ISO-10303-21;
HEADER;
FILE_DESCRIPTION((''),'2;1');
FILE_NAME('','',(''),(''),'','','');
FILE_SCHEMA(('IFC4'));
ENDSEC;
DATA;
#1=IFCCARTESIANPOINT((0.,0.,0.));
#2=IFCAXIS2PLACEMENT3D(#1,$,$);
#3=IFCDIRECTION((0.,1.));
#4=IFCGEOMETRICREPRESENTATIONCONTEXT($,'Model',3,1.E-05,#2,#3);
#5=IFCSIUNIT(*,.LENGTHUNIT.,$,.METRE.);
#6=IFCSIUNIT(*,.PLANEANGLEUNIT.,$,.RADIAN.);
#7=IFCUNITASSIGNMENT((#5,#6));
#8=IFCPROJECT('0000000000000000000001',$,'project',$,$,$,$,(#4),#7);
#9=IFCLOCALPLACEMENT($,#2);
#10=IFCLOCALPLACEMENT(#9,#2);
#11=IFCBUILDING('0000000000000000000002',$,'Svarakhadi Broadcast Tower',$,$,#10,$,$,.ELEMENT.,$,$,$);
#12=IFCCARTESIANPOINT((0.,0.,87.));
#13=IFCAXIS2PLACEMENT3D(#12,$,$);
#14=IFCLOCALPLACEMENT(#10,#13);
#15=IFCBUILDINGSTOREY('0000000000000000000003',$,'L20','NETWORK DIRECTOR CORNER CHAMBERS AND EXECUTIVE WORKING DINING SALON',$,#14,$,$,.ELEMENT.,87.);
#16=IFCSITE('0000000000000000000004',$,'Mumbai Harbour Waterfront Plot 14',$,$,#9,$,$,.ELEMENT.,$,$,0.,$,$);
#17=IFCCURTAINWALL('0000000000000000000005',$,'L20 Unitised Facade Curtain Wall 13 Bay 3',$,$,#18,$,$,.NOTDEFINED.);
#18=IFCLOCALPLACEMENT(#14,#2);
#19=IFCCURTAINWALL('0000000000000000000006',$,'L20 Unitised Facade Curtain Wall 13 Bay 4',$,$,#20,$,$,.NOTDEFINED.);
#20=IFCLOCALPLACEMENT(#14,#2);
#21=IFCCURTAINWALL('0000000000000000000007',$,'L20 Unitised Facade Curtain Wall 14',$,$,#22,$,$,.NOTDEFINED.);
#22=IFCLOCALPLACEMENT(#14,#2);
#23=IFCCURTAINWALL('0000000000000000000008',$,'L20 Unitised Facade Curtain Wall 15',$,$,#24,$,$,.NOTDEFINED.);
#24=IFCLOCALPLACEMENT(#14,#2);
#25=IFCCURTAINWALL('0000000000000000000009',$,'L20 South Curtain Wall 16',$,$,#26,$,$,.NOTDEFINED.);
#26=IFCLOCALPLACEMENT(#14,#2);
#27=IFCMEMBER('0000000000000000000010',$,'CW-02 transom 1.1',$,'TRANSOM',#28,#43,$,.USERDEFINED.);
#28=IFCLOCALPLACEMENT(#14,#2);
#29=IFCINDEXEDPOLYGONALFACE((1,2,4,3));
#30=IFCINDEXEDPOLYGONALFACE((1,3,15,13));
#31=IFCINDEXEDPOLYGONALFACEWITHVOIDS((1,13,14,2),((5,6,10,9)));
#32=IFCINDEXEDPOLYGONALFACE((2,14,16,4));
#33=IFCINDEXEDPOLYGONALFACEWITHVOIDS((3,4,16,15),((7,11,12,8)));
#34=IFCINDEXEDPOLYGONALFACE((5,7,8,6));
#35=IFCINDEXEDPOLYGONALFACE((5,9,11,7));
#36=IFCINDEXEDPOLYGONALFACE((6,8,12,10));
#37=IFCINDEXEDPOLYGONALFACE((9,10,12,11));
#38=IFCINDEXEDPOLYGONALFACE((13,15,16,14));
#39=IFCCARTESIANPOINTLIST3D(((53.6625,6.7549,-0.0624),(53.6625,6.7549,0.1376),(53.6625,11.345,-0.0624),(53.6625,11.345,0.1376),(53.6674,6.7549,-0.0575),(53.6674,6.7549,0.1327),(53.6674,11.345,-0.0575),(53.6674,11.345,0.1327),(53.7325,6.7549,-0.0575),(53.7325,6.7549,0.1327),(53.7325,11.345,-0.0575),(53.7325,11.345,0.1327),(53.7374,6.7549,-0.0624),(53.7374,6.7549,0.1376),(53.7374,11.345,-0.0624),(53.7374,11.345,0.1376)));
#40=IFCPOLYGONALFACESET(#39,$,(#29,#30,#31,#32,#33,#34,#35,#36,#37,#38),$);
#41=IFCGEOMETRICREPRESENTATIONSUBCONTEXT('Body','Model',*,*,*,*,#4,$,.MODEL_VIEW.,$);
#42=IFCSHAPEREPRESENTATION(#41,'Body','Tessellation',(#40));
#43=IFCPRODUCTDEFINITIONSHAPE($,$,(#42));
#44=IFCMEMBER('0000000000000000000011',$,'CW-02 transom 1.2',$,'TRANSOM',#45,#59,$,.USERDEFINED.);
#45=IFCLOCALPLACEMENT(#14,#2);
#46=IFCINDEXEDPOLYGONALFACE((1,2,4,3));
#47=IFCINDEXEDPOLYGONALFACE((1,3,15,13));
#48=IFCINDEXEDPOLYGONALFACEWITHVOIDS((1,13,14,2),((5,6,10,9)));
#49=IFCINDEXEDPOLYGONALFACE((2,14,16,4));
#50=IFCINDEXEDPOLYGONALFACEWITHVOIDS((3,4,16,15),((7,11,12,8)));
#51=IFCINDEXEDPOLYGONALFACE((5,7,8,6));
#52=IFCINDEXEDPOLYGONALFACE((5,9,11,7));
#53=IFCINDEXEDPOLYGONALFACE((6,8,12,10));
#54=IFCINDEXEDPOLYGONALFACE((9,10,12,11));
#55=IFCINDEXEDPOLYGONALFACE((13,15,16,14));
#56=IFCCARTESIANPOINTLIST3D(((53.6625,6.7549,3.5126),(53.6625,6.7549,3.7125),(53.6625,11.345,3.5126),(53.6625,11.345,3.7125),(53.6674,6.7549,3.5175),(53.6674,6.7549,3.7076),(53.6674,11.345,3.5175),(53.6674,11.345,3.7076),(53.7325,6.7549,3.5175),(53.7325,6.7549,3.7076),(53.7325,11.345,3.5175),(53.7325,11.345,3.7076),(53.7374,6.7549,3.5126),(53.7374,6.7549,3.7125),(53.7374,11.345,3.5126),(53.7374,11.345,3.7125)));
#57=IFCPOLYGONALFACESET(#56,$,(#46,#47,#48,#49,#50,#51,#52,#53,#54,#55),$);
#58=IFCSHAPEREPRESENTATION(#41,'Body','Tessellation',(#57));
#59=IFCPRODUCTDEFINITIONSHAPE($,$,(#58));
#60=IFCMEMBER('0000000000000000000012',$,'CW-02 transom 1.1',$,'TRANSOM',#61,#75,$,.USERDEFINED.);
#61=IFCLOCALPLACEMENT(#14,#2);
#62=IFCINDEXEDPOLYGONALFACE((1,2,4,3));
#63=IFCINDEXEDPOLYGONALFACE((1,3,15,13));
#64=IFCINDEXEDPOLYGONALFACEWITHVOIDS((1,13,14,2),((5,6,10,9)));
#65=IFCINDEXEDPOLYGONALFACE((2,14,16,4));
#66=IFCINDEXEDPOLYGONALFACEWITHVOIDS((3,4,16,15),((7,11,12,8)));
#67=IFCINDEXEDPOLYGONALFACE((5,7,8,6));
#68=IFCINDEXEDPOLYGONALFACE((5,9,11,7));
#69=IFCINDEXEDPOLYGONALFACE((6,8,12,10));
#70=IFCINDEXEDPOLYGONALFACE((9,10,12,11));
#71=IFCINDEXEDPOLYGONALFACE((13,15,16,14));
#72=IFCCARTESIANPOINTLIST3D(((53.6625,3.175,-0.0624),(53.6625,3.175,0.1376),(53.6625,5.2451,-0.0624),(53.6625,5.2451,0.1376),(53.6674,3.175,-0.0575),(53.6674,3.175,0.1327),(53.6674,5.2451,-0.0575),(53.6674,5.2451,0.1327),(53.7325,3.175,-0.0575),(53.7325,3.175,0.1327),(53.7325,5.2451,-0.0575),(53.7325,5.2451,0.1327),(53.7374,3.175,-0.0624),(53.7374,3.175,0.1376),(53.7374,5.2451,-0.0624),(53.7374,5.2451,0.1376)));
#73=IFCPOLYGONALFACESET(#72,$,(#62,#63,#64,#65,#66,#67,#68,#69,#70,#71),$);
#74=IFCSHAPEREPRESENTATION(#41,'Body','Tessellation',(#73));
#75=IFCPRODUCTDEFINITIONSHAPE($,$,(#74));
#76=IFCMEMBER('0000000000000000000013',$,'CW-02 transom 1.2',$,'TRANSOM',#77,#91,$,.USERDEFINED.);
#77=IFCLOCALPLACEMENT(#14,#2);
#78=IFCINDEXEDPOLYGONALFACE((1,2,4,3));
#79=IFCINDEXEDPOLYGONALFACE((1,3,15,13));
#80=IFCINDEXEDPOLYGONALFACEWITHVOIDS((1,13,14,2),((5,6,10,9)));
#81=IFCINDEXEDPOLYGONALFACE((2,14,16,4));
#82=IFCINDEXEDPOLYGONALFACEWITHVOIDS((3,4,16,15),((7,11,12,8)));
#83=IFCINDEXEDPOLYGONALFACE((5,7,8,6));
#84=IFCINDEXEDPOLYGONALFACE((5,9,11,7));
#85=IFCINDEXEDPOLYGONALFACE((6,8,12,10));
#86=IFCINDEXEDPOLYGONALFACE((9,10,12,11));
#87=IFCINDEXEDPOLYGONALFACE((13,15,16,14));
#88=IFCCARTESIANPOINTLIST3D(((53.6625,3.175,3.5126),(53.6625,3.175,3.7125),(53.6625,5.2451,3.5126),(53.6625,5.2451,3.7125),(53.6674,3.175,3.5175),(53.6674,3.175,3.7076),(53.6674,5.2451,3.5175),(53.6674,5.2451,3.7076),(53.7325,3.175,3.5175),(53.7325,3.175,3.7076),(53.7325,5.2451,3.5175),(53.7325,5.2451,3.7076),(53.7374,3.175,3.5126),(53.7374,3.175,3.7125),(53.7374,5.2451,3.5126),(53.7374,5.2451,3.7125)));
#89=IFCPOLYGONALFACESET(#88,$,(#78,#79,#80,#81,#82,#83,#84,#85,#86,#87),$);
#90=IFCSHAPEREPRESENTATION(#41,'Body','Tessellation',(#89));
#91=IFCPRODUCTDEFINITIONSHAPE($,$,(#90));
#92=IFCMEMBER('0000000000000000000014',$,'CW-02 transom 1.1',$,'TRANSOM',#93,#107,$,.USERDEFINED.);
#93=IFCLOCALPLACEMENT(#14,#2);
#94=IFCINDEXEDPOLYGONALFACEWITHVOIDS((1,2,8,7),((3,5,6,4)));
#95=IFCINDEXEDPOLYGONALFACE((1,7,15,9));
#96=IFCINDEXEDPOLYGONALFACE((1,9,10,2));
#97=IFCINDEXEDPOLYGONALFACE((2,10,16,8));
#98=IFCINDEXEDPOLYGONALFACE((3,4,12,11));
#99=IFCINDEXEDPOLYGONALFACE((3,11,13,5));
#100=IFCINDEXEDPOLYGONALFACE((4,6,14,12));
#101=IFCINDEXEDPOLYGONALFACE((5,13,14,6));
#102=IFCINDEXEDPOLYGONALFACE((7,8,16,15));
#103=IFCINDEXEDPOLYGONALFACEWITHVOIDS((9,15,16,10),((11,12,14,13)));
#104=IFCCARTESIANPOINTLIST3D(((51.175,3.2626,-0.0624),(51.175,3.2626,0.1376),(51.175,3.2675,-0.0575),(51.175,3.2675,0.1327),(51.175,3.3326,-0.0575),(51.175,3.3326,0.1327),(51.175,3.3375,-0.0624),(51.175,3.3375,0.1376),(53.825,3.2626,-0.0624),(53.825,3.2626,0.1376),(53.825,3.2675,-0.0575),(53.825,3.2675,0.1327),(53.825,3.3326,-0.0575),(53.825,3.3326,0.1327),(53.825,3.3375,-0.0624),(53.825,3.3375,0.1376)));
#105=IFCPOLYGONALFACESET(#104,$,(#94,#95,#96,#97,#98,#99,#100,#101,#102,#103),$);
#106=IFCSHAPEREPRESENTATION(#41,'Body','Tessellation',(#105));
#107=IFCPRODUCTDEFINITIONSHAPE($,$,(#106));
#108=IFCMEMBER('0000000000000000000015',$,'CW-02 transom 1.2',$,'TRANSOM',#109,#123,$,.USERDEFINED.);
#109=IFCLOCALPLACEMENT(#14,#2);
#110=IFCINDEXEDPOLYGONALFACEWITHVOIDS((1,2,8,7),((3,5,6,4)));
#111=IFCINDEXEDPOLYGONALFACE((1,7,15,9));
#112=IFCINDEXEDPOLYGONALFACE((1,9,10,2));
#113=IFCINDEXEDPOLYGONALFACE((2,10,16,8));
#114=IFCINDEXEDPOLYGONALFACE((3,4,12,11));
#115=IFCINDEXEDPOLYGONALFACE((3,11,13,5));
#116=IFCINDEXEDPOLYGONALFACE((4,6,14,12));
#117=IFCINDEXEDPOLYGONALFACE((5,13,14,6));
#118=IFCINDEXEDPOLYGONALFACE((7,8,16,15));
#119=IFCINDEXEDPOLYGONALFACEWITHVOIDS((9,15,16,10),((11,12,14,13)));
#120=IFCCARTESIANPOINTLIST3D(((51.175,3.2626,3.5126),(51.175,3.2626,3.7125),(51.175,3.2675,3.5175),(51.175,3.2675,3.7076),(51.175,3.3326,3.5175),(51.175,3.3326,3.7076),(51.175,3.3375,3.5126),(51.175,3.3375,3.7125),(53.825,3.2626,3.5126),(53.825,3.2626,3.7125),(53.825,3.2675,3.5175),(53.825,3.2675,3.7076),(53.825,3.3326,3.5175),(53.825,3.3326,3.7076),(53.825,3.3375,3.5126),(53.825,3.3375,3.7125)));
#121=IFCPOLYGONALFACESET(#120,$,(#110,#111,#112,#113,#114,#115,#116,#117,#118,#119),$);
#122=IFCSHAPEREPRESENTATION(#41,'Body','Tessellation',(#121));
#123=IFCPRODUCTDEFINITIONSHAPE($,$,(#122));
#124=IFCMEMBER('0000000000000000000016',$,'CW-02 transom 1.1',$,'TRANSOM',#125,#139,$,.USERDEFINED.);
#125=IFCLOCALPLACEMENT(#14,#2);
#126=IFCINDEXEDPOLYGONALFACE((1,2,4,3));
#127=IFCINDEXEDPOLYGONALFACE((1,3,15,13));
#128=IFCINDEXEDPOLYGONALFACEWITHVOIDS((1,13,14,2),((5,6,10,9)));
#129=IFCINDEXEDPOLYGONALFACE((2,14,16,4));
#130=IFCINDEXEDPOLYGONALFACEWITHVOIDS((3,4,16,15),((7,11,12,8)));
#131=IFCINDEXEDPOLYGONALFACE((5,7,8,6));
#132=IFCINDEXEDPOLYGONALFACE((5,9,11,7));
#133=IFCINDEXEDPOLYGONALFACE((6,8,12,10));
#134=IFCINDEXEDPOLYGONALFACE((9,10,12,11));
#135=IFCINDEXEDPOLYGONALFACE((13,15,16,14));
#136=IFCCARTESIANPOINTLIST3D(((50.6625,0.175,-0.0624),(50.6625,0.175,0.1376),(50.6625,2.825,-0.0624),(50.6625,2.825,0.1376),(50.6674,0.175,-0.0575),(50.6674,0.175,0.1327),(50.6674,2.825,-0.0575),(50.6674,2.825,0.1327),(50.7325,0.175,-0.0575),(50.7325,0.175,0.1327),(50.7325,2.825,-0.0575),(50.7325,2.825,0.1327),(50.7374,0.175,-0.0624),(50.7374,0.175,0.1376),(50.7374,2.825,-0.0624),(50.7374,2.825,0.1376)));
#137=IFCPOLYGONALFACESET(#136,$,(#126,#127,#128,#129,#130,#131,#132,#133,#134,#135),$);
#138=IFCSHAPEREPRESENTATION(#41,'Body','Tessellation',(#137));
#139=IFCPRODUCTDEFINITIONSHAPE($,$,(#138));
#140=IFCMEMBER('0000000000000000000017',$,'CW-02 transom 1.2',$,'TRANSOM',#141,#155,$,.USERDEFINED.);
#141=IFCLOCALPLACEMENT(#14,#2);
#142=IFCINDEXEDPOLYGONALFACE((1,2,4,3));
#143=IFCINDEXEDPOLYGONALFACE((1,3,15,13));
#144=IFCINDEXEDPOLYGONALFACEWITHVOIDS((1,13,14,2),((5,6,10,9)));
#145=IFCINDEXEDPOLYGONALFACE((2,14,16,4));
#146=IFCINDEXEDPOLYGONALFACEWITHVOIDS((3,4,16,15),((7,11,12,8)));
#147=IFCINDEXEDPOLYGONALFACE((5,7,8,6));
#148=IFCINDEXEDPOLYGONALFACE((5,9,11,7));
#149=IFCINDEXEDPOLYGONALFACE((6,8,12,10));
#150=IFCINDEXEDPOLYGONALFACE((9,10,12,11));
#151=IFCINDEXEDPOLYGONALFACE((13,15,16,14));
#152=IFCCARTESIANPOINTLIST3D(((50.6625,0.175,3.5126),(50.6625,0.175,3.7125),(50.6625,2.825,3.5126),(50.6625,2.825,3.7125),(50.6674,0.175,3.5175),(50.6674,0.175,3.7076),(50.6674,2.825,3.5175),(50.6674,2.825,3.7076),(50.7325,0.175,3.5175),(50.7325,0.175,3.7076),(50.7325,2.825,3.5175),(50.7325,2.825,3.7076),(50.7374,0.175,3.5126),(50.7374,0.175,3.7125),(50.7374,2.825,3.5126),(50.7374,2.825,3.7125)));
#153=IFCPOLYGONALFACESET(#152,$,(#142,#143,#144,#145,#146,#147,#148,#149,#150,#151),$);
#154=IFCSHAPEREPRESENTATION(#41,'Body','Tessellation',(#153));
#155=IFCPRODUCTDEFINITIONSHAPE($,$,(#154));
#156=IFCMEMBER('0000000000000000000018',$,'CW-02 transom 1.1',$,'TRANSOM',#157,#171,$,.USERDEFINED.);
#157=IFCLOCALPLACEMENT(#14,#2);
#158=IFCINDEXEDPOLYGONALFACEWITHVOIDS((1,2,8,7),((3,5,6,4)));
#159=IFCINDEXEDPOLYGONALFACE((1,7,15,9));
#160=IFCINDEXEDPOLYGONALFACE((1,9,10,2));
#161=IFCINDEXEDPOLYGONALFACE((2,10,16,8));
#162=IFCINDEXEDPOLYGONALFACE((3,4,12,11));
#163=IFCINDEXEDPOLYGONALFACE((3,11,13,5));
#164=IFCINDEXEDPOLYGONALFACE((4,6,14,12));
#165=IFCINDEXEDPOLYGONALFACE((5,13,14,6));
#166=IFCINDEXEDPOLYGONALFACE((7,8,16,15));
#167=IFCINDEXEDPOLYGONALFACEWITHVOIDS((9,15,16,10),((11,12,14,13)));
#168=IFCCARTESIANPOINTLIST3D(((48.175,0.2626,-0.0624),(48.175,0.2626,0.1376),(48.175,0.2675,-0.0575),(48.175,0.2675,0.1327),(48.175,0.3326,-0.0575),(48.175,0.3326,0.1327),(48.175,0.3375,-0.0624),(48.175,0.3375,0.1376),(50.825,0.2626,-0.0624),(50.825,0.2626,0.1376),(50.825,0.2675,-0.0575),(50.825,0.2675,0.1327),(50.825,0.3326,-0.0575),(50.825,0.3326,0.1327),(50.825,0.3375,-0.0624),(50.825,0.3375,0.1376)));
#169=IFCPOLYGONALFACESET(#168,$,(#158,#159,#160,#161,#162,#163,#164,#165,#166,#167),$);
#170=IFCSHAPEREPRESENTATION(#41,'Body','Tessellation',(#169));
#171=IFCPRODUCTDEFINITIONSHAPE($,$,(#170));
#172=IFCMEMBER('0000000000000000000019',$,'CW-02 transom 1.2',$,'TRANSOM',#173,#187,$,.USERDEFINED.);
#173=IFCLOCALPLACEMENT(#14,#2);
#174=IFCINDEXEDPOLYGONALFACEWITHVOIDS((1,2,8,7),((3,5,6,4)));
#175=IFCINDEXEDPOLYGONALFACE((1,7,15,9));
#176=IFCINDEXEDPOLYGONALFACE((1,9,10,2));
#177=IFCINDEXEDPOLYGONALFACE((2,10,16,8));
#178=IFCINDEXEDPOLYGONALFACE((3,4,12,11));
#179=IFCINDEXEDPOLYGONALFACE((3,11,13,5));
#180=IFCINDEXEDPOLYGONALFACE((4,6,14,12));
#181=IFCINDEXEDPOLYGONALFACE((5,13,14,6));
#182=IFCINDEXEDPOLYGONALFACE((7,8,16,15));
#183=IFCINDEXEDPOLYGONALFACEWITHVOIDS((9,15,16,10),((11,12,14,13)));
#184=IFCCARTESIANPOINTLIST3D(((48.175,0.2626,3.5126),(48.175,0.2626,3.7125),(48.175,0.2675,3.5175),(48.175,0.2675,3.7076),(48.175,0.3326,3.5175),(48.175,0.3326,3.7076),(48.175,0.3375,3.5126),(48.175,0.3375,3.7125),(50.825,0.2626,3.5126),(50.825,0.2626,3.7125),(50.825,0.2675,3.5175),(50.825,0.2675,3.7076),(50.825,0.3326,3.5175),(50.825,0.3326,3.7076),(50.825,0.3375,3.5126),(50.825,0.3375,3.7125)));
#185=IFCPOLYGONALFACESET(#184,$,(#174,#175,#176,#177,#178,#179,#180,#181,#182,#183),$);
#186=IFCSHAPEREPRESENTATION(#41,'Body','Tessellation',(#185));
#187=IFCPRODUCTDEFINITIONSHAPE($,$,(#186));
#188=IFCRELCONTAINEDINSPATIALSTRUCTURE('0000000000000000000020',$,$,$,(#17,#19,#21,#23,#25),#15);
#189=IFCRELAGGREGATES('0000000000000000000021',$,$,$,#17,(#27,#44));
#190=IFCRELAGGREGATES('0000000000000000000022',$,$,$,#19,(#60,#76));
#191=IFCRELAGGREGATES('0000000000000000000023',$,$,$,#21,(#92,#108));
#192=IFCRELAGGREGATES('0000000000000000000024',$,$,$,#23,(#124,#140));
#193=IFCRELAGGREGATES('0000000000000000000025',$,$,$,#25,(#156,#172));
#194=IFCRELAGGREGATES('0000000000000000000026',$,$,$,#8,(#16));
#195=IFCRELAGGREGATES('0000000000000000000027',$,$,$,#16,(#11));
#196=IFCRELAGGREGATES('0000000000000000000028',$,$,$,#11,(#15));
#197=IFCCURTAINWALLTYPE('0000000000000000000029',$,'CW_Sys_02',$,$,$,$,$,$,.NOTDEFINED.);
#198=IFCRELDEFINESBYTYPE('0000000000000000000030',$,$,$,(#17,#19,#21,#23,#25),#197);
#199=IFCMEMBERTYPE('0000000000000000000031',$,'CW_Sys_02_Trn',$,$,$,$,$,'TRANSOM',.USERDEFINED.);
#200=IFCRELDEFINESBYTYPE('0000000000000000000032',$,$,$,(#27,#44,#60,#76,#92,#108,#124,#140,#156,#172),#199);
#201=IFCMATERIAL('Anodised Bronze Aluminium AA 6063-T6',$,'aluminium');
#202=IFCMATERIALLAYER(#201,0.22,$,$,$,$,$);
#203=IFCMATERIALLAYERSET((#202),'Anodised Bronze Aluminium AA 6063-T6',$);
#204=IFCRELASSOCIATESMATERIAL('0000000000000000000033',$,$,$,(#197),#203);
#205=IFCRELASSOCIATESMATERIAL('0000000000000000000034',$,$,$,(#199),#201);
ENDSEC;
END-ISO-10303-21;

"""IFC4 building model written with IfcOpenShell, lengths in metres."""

from ifc_helpers import new_model, si_unit, direction, frame, origin, origin_2d, place, context, subcontext, project, spatial, hollow_rectangle, extrude, material, layer, layer_set, material_profile, profile_set, type_object, element, aggregate, save


model = new_model("IFC4")

# Units and contexts
model_context = context("Model", 3, precision=1e-05, world=origin(), true_north=direction((0.0, 1.0)))
body_context = subcontext(model_context, "Body", "Model", "MODEL_VIEW")
ifc_project = project(units=[si_unit("LENGTHUNIT", "METRE"), si_unit("PLANEANGLEUNIT", "RADIAN")], contexts=[model_context])

# Site, building, storey
site_placement = place(None, origin())
site = spatial("IfcSite", under=ifc_project, at=site_placement, Name="Mumbai Harbour Waterfront Plot 14", CompositionType="ELEMENT", RefElevation=0.0)
building_placement = place(site_placement, origin())
building = spatial("IfcBuilding", under=site, at=building_placement, Name="Svarakhadi Broadcast Tower", CompositionType="ELEMENT")
storey_placement = place(building_placement, frame((0.0, 0.0, 87.0)))
storey = spatial("IfcBuildingStorey", under=building, at=storey_placement, Name="L20", Description="NETWORK DIRECTOR CORNER CHAMBERS AND EXECUTIVE WORKING DINING SALON", CompositionType="ELEMENT", Elevation=87.0)

# Curtain walls
ifc_material_1 = material(Name="Anodised Bronze Aluminium AA 6063-T6", Category="aluminium")
ifc_layer_1 = layer(ifc_material_1, 0.22)
ifc_layer_set_1 = layer_set([ifc_layer_1], Name="Anodised Bronze Aluminium AA 6063-T6")
curtain_wall_type = type_object("IfcCurtainWallType", Name="CW_Sys_02", PredefinedType="NOTDEFINED", material=ifc_layer_set_1)
curtain_wall_1_placement = place(storey_placement, origin())
curtain_wall_1 = element("IfcCurtainWall", 1, at=curtain_wall_1_placement, inside=storey, type_object=curtain_wall_type, Name="L20 Unitised Facade Curtain Wall 13 Bay 3", PredefinedType="NOTDEFINED")
curtain_wall_2_placement = place(storey_placement, origin())
curtain_wall_2 = element("IfcCurtainWall", 2, at=curtain_wall_2_placement, inside=storey, type_object=curtain_wall_type, Name="L20 Unitised Facade Curtain Wall 13 Bay 4", PredefinedType="NOTDEFINED")
curtain_wall_3_placement = place(storey_placement, origin())
curtain_wall_3 = element("IfcCurtainWall", 3, at=curtain_wall_3_placement, inside=storey, type_object=curtain_wall_type, Name="L20 Unitised Facade Curtain Wall 14", PredefinedType="NOTDEFINED")
curtain_wall_4_placement = place(storey_placement, origin())
curtain_wall_4 = element("IfcCurtainWall", 4, at=curtain_wall_4_placement, inside=storey, type_object=curtain_wall_type, Name="L20 Unitised Facade Curtain Wall 15", PredefinedType="NOTDEFINED")
curtain_wall_5_placement = place(storey_placement, origin())
curtain_wall_5 = element("IfcCurtainWall", 5, at=curtain_wall_5_placement, inside=storey, type_object=curtain_wall_type, Name="L20 South Curtain Wall 16", PredefinedType="NOTDEFINED")

# Members
ifc_material_profile_1 = material_profile(ifc_material_1, hollow_rectangle(XDim=0.075, YDim=0.2, WallThickness=0.0049, at=origin_2d()), Name="ALU TRANSOM 200x75x5")
ifc_profile_set_1 = profile_set([ifc_material_profile_1], Name="Anodised Bronze Aluminium AA 6063-T6")
member_type_1 = type_object("IfcMemberType", Name="CW_Sys_02_Trn", ElementType="TRANSOM", PredefinedType="USERDEFINED", material=ifc_profile_set_1)
member_1_placement = place(storey_placement, frame((53.7, 11.345, 0.0376), z_axis=(0.0, -1.0, 0.0), x_axis=(1.0, 0.0, 0.0)))
member_1 = element("IfcMember", 6, at=member_1_placement, type_object=member_type_1, Name="CW-02 transom 1.1", ObjectType="TRANSOM", PredefinedType="USERDEFINED", context=body_context, shape_type="SweptSolid", body=[
    extrude(hollow_rectangle(XDim=0.075, YDim=0.2, WallThickness=0.0049, at=origin_2d()), origin(), (0.0, 0.0, 1.0), 4.5901),
])
member_2_placement = place(storey_placement, frame((53.7, 11.345, 3.6125), z_axis=(0.0, -1.0, 0.0), x_axis=(1.0, 0.0, 0.0)))
member_2 = element("IfcMember", 7, at=member_2_placement, type_object=member_type_1, Name="CW-02 transom 1.2", ObjectType="TRANSOM", PredefinedType="USERDEFINED", context=body_context, shape_type="SweptSolid", body=[
    extrude(hollow_rectangle(XDim=0.075, YDim=0.2, WallThickness=0.0049, at=origin_2d()), origin(), (0.0, 0.0, 1.0), 4.5901),
])
member_3_placement = place(storey_placement, frame((53.7, 5.2451, 0.0376), z_axis=(0.0, -1.0, 0.0), x_axis=(1.0, 0.0, 0.0)))
member_3 = element("IfcMember", 8, at=member_3_placement, type_object=member_type_1, Name="CW-02 transom 1.1", ObjectType="TRANSOM", PredefinedType="USERDEFINED", context=body_context, shape_type="SweptSolid", body=[
    extrude(hollow_rectangle(XDim=0.075, YDim=0.2, WallThickness=0.0049, at=origin_2d()), origin(), (0.0, 0.0, 1.0), 2.0701),
])
member_4_placement = place(storey_placement, frame((53.7, 5.2451, 3.6125), z_axis=(0.0, -1.0, 0.0), x_axis=(1.0, 0.0, 0.0)))
member_4 = element("IfcMember", 9, at=member_4_placement, type_object=member_type_1, Name="CW-02 transom 1.2", ObjectType="TRANSOM", PredefinedType="USERDEFINED", context=body_context, shape_type="SweptSolid", body=[
    extrude(hollow_rectangle(XDim=0.075, YDim=0.2, WallThickness=0.0049, at=origin_2d()), origin(), (0.0, 0.0, 1.0), 2.0701),
])
member_5_placement = place(storey_placement, frame((53.825, 3.3, 0.0376), z_axis=(-1.0, 0.0, 0.0), x_axis=(0.0, -1.0, 0.0)))
member_5 = element("IfcMember", 10, at=member_5_placement, type_object=member_type_1, Name="CW-02 transom 1.1", ObjectType="TRANSOM", PredefinedType="USERDEFINED", context=body_context, shape_type="SweptSolid", body=[
    extrude(hollow_rectangle(XDim=0.075, YDim=0.2, WallThickness=0.0049, at=origin_2d()), origin(), (0.0, 0.0, 1.0), 2.6499),
])
member_6_placement = place(storey_placement, frame((53.825, 3.3, 3.6125), z_axis=(-1.0, 0.0, 0.0), x_axis=(0.0, -1.0, 0.0)))
member_6 = element("IfcMember", 11, at=member_6_placement, type_object=member_type_1, Name="CW-02 transom 1.2", ObjectType="TRANSOM", PredefinedType="USERDEFINED", context=body_context, shape_type="SweptSolid", body=[
    extrude(hollow_rectangle(XDim=0.075, YDim=0.2, WallThickness=0.0049, at=origin_2d()), origin(), (0.0, 0.0, 1.0), 2.6499),
])
member_7_placement = place(storey_placement, frame((50.7, 2.825, 0.0376), z_axis=(0.0, -1.0, 0.0), x_axis=(1.0, 0.0, 0.0)))
member_7 = element("IfcMember", 12, at=member_7_placement, type_object=member_type_1, Name="CW-02 transom 1.1", ObjectType="TRANSOM", PredefinedType="USERDEFINED", context=body_context, shape_type="SweptSolid", body=[
    extrude(hollow_rectangle(XDim=0.075, YDim=0.2, WallThickness=0.0049, at=origin_2d()), origin(), (0.0, 0.0, 1.0), 2.6499),
])
member_8_placement = place(storey_placement, frame((50.7, 2.825, 3.6125), z_axis=(0.0, -1.0, 0.0), x_axis=(1.0, 0.0, 0.0)))
member_8 = element("IfcMember", 13, at=member_8_placement, type_object=member_type_1, Name="CW-02 transom 1.2", ObjectType="TRANSOM", PredefinedType="USERDEFINED", context=body_context, shape_type="SweptSolid", body=[
    extrude(hollow_rectangle(XDim=0.075, YDim=0.2, WallThickness=0.0049, at=origin_2d()), origin(), (0.0, 0.0, 1.0), 2.6499),
])
member_9_placement = place(storey_placement, frame((50.825, 0.3, 0.0376), z_axis=(-1.0, 0.0, 0.0), x_axis=(0.0, -1.0, 0.0)))
member_9 = element("IfcMember", 14, at=member_9_placement, type_object=member_type_1, Name="CW-02 transom 1.1", ObjectType="TRANSOM", PredefinedType="USERDEFINED", context=body_context, shape_type="SweptSolid", body=[
    extrude(hollow_rectangle(XDim=0.075, YDim=0.2, WallThickness=0.0049, at=origin_2d()), origin(), (0.0, 0.0, 1.0), 2.6499),
])
member_10_placement = place(storey_placement, frame((50.825, 0.3, 3.6125), z_axis=(-1.0, 0.0, 0.0), x_axis=(0.0, -1.0, 0.0)))
member_10 = element("IfcMember", 15, at=member_10_placement, type_object=member_type_1, Name="CW-02 transom 1.2", ObjectType="TRANSOM", PredefinedType="USERDEFINED", context=body_context, shape_type="SweptSolid", body=[
    extrude(hollow_rectangle(XDim=0.075, YDim=0.2, WallThickness=0.0049, at=origin_2d()), origin(), (0.0, 0.0, 1.0), 2.6499),
])

aggregate(curtain_wall_1, [member_1, member_2])
aggregate(curtain_wall_2, [member_3, member_4])
aggregate(curtain_wall_3, [member_5, member_6])
aggregate(curtain_wall_4, [member_7, member_8])
aggregate(curtain_wall_5, [member_9, member_10])

save(model, "model.ifc")
